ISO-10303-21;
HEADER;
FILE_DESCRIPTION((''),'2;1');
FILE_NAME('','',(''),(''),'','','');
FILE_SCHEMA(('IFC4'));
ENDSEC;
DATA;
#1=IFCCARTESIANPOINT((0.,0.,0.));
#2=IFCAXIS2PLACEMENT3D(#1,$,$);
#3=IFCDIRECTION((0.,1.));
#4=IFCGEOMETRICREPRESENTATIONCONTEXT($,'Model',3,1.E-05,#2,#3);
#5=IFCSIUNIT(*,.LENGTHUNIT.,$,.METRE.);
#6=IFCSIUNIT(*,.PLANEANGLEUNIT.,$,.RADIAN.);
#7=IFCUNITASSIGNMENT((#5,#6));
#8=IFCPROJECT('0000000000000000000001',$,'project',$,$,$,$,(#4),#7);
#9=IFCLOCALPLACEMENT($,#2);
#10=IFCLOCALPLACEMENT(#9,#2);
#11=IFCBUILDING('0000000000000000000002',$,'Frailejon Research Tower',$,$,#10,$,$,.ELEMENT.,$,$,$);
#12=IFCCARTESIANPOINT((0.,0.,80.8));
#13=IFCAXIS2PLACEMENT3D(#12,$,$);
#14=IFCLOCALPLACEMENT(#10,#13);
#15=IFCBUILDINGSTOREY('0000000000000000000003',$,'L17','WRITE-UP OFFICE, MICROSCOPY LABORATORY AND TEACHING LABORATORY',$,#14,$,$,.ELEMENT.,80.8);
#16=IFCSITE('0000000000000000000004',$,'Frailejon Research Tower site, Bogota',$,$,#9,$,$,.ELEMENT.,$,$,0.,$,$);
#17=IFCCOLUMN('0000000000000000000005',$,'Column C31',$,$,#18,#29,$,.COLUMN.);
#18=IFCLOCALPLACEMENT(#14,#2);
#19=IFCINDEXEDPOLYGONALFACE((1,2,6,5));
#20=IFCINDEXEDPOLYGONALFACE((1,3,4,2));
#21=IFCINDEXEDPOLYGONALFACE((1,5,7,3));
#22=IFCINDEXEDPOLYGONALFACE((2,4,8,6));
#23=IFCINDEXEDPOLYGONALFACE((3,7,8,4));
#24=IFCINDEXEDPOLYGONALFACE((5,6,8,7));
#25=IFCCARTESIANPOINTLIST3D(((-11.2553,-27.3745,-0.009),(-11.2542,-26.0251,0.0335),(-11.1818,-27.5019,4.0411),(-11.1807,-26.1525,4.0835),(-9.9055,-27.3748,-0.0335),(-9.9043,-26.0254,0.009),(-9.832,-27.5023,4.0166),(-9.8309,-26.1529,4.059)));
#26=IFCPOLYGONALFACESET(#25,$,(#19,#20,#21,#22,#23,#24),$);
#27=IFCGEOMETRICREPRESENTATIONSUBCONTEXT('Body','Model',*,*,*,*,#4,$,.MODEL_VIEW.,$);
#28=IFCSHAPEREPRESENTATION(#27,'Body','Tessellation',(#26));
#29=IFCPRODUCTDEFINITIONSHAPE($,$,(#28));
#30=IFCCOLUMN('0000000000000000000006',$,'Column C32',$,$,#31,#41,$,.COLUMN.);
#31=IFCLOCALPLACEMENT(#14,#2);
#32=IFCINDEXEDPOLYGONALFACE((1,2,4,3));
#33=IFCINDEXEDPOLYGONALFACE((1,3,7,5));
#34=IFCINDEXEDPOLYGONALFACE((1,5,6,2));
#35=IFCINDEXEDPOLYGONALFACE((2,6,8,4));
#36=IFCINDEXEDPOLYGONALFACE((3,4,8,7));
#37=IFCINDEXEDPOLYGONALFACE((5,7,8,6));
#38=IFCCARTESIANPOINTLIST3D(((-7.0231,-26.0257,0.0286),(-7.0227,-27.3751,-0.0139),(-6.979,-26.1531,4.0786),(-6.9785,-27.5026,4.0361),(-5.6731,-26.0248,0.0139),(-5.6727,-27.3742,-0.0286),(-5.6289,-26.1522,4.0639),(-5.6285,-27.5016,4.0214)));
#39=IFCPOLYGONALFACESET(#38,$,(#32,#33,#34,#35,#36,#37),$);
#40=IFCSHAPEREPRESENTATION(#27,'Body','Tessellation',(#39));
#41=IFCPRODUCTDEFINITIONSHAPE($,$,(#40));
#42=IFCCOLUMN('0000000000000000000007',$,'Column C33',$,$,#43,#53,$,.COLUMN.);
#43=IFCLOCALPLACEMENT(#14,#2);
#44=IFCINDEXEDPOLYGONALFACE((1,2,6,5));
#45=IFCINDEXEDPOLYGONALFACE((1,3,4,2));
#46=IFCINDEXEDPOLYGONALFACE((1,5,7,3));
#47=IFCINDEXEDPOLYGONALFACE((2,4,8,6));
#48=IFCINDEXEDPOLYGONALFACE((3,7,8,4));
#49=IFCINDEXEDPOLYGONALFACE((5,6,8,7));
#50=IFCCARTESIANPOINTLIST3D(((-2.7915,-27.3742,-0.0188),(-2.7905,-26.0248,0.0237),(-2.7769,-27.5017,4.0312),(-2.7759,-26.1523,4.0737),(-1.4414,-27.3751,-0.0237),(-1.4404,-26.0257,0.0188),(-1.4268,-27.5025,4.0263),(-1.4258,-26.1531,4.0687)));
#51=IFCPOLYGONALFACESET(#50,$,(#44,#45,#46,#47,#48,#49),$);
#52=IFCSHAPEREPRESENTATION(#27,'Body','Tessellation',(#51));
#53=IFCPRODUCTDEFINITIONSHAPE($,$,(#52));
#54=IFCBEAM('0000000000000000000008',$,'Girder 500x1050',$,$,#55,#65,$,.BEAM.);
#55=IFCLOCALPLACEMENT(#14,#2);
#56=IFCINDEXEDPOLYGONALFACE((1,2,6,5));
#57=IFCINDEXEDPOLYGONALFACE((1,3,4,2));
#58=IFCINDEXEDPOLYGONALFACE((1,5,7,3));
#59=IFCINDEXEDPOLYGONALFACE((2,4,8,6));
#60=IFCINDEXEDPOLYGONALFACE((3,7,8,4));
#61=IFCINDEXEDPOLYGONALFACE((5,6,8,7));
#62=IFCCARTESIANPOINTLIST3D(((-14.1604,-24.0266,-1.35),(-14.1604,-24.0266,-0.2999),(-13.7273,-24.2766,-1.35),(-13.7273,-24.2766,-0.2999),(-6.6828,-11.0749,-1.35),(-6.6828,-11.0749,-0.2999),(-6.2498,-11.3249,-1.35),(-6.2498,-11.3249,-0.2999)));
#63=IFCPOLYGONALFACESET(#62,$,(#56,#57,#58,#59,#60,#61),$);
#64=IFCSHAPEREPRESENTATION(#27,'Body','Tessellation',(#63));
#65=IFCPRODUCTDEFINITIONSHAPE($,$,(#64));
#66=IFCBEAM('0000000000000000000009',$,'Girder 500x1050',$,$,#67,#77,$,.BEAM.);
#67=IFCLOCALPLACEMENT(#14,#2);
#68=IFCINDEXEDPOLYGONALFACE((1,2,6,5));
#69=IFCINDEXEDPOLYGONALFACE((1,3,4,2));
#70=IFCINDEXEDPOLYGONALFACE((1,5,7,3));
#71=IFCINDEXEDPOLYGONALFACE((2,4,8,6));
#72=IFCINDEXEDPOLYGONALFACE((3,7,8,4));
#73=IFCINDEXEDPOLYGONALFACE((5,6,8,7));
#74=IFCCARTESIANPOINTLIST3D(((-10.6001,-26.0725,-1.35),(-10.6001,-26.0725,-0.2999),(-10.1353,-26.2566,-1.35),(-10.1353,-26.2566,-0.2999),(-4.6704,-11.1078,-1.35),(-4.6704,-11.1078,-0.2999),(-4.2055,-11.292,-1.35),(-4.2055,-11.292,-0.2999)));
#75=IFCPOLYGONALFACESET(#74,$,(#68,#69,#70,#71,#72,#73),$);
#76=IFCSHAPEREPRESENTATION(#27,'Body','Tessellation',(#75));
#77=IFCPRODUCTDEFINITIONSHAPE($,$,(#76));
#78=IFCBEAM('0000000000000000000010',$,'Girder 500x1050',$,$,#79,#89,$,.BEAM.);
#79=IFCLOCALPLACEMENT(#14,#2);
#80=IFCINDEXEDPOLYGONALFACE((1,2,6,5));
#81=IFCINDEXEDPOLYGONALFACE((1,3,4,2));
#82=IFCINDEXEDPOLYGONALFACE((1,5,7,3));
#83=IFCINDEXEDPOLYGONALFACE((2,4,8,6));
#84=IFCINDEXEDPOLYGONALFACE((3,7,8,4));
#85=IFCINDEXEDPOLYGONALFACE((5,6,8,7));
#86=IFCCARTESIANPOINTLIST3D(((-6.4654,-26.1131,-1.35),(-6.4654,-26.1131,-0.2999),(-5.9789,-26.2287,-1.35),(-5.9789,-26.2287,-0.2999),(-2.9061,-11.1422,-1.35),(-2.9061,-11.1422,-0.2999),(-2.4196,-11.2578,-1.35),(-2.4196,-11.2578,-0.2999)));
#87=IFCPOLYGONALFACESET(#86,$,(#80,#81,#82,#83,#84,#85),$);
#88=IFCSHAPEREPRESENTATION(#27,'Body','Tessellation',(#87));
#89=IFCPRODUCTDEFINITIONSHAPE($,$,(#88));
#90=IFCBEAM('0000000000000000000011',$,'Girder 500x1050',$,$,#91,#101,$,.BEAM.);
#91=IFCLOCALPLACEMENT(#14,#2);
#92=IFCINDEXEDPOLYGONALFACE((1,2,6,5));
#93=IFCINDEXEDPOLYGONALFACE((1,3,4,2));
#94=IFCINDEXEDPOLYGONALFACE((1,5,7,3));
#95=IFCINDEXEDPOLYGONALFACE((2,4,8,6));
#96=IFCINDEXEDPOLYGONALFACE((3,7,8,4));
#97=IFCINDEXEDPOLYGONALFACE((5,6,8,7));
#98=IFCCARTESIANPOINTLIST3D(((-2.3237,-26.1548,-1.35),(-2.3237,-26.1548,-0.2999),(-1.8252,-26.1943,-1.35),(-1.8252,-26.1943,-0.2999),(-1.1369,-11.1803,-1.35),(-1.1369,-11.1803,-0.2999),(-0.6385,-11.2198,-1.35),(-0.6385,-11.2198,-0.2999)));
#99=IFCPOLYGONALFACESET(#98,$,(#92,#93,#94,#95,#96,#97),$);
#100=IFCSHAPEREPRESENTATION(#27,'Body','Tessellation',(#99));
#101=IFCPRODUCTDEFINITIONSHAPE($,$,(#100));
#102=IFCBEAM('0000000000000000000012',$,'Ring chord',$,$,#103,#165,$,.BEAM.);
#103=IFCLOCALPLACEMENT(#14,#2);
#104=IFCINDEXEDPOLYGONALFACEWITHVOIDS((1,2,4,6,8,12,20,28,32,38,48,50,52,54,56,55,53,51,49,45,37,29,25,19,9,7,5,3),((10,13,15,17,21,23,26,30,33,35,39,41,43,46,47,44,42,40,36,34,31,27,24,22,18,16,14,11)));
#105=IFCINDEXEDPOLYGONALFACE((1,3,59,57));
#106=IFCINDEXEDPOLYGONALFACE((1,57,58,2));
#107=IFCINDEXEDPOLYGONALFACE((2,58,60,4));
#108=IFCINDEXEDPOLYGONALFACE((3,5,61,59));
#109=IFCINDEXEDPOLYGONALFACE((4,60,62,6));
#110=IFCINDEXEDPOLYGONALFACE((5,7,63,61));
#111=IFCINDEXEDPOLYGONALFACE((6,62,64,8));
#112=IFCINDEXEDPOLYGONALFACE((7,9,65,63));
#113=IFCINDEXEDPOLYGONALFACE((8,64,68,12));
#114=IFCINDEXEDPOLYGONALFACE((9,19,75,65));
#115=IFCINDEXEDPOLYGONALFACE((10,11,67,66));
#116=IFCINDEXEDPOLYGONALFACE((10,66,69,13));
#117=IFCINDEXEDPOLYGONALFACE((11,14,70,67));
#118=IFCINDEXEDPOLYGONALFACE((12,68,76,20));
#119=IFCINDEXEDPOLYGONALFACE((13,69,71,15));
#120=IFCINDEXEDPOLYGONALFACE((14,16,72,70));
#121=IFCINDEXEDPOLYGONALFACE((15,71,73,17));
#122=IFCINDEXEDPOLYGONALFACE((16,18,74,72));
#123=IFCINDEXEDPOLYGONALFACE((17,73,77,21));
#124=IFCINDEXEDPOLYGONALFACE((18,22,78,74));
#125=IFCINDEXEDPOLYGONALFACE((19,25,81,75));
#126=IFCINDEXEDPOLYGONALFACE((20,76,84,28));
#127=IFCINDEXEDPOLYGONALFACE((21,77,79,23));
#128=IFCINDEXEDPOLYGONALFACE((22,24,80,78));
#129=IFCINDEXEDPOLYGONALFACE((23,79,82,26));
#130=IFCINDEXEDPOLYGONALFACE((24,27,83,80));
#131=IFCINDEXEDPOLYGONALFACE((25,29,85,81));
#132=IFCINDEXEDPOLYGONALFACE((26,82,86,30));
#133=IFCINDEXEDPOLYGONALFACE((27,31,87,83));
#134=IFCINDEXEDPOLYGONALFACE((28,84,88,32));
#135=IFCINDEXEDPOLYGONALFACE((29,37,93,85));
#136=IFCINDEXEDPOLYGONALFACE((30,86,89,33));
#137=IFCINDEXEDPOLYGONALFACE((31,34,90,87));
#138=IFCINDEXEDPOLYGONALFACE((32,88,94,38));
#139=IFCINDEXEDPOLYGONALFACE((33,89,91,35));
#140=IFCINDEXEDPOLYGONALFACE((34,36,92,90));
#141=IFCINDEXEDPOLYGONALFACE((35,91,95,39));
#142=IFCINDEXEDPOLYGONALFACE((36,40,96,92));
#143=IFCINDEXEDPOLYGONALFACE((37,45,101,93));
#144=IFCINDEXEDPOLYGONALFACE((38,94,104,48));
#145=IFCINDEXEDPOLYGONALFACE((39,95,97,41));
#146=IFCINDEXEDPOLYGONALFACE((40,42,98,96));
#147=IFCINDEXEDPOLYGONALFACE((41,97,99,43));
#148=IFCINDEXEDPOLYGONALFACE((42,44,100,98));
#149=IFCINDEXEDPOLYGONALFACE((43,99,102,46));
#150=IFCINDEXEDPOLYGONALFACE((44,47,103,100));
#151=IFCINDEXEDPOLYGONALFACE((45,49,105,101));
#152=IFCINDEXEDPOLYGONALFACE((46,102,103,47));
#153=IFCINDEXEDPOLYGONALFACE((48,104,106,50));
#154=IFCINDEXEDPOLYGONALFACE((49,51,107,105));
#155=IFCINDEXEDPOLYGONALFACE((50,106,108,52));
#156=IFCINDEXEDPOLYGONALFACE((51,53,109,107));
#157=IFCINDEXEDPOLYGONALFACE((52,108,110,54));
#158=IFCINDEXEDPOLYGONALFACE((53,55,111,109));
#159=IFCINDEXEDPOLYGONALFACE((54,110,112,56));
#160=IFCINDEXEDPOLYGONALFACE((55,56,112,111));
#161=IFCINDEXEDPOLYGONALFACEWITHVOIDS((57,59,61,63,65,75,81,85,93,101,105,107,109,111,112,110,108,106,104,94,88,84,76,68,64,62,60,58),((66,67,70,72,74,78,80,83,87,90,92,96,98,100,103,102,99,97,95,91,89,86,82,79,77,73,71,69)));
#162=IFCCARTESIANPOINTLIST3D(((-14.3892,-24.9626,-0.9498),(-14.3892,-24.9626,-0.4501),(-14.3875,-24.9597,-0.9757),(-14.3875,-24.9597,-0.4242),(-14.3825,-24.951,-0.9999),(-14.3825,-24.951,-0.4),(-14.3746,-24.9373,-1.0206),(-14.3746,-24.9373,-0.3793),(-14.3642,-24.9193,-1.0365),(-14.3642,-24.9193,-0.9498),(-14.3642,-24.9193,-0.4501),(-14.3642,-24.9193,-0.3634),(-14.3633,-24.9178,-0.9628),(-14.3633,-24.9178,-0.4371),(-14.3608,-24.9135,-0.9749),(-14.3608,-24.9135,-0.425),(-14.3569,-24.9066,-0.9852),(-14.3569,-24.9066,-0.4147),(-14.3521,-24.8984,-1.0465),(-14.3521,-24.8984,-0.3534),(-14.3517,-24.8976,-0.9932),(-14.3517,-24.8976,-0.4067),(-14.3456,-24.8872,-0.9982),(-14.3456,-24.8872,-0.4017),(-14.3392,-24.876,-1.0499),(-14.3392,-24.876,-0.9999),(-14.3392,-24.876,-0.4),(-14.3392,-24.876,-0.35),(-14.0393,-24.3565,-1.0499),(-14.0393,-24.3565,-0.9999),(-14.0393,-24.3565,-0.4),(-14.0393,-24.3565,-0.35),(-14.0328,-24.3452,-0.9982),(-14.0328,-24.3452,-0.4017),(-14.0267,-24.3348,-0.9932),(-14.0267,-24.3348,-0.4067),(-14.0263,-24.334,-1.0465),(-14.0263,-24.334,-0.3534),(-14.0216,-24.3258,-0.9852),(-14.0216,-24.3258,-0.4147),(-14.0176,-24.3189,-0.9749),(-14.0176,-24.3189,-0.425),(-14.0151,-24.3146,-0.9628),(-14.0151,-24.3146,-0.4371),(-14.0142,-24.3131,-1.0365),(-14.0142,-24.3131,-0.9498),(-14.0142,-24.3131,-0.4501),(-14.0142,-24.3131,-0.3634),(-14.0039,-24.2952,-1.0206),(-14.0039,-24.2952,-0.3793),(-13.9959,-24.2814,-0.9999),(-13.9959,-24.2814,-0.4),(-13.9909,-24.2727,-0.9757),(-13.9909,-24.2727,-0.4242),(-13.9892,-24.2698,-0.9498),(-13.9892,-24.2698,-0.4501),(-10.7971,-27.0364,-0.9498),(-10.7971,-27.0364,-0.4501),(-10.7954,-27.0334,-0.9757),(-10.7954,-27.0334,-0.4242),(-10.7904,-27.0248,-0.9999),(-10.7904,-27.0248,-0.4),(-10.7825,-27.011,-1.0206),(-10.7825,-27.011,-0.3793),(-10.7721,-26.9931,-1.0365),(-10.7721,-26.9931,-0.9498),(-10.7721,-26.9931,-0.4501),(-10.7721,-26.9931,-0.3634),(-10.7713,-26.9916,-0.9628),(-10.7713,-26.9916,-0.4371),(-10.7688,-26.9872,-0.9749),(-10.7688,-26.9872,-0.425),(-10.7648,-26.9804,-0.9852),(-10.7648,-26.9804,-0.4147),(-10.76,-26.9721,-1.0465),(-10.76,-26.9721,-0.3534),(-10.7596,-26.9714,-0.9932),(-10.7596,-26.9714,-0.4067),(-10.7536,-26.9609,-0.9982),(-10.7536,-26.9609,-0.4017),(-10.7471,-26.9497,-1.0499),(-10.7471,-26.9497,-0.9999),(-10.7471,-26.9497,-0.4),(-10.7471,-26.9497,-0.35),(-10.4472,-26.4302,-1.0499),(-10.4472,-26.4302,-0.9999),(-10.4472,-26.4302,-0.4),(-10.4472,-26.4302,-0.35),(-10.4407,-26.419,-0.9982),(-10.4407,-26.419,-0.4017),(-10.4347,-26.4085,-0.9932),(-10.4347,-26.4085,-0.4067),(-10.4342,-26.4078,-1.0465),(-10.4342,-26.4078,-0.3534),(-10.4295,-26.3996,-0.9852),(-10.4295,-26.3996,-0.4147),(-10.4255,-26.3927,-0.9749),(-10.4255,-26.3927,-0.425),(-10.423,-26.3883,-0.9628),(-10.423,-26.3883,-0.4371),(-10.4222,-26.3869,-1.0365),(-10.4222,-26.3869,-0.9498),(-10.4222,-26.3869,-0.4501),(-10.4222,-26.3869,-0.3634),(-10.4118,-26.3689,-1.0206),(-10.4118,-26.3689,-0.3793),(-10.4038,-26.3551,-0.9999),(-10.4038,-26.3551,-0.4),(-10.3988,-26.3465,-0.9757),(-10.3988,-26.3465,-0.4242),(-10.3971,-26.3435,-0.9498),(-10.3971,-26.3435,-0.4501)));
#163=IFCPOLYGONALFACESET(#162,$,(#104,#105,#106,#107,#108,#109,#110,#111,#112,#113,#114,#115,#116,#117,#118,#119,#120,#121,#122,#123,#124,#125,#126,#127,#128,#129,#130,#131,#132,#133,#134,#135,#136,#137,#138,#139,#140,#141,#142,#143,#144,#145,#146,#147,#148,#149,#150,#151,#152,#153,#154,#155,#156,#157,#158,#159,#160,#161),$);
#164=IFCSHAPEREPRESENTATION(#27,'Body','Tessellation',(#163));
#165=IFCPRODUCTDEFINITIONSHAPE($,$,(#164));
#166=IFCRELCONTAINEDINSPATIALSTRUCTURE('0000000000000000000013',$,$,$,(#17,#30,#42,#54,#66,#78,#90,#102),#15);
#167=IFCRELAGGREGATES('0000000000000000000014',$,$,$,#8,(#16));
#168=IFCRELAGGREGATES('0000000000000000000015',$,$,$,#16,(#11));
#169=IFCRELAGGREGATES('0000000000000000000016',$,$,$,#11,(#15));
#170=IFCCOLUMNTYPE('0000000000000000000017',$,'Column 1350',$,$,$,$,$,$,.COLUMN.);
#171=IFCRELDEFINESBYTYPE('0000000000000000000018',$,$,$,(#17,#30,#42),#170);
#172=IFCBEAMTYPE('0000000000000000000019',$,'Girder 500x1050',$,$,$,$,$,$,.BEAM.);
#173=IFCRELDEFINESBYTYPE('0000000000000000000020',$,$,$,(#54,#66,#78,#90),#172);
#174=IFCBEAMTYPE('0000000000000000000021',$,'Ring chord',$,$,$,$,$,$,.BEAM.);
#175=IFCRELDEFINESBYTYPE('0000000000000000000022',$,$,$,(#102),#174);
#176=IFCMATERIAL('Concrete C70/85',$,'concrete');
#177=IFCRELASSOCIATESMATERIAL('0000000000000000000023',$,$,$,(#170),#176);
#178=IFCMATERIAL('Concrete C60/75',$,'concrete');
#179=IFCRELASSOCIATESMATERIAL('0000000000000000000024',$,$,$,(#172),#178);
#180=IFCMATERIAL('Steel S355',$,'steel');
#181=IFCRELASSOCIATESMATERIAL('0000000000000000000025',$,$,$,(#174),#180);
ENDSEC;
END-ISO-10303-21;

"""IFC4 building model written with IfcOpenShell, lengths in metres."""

from ifc_helpers import new_model, si_unit, direction, frame, origin, origin_2d, place, context, subcontext, project, spatial, rectangle, hollow_rectangle, extrude, material, material_profile, profile_set, type_object, element, save


model = new_model("IFC4")

# Units and contexts
model_context = context("Model", 3, precision=1e-05, world=origin(), true_north=direction((0.0, 1.0)))
body_context = subcontext(model_context, "Body", "Model", "MODEL_VIEW")
ifc_project = project(units=[si_unit("LENGTHUNIT", "METRE"), si_unit("PLANEANGLEUNIT", "RADIAN")], contexts=[model_context])

# Site, building, storey
site_placement = place(None, origin())
site = spatial("IfcSite", under=ifc_project, at=site_placement, Name="Frailejon Research Tower site, Bogota", CompositionType="ELEMENT", RefElevation=0.0)
building_placement = place(site_placement, origin())
building = spatial("IfcBuilding", under=site, at=building_placement, Name="Frailejon Research Tower", CompositionType="ELEMENT")
storey_placement = place(building_placement, frame((0.0, 0.0, 80.8)))
storey = spatial("IfcBuildingStorey", under=building, at=storey_placement, Name="L17", Description="WRITE-UP OFFICE, MICROSCOPY LABORATORY AND TEACHING LABORATORY", CompositionType="ELEMENT", Elevation=80.8)

# Columns
ifc_material_1 = material(Name="Concrete C70/85", Category="concrete")
ifc_material_profile_1 = material_profile(ifc_material_1, rectangle(XDim=1.3501, YDim=1.3501, at=origin_2d()), Name="Column 1350")
ifc_profile_set_1 = profile_set([ifc_material_profile_1], Name="Concrete C70/85")
column_type = type_object("IfcColumnType", Name="Column 1350", PredefinedType="COLUMN", material=ifc_profile_set_1)
column_1_placement = place(storey_placement, frame((-10.5798, -26.7, 0.0), z_axis=(0.018133, -0.031446, 0.999341), x_axis=(0.999835, -0.000256, -0.01815)))
element("IfcColumn", 1, at=column_1_placement, inside=storey, type_object=column_type, Name="Column C31", PredefinedType="COLUMN", context=body_context, shape_type="SweptSolid", body=[
    extrude(rectangle(XDim=1.3501, YDim=1.3501, at=origin_2d()), origin(), (0.0, 0.0, 1.0), 4.0527),
])
column_2_placement = place(storey_placement, frame((-6.3479, -26.7, 0.0), z_axis=(0.010905, -0.031449, 0.999446), x_axis=(0.99994, 0.000694, -0.010888)))
element("IfcColumn", 2, at=column_2_placement, inside=storey, type_object=column_type, Name="Column C32", PredefinedType="COLUMN", context=body_context, shape_type="SweptSolid", body=[
    extrude(rectangle(XDim=1.3501, YDim=1.3501, at=origin_2d()), origin(), (0.0, 0.0, 1.0), 4.0522),
])
column_3_placement = place(storey_placement, frame((-2.116, -26.7, 0.0), z_axis=(0.003615, -0.031451, 0.999499), x_axis=(0.999993, -0.000624, -0.003636)))
element("IfcColumn", 3, at=column_3_placement, inside=storey, type_object=column_type, Name="Column C33", PredefinedType="COLUMN", context=body_context, shape_type="SweptSolid", body=[
    extrude(rectangle(XDim=1.3501, YDim=1.3501, at=origin_2d()), origin(), (0.0, 0.0, 1.0), 4.052),
])

# Beams
ifc_material_2 = material(Name="Concrete C60/75", Category="concrete")
ifc_material_profile_2 = material_profile(ifc_material_2, rectangle(XDim=0.5, YDim=1.05, at=origin_2d()), Name="Girder 500x1050")
ifc_profile_set_2 = profile_set([ifc_material_profile_2], Name="Concrete C60/75")
beam_type_1 = type_object("IfcBeamType", Name="Girder 500x1050", PredefinedType="BEAM", material=ifc_profile_set_2)
beam_1_placement = place(storey_placement, frame((-13.9438, -24.1516, -0.825), z_axis=(0.499995, 0.866028, 0.0), x_axis=(-0.866028, 0.499995, 0.0)))
element("IfcBeam", 4, at=beam_1_placement, inside=storey, type_object=beam_type_1, Name="Girder 500x1050", PredefinedType="BEAM", context=body_context, shape_type="SweptSolid", body=[
    extrude(rectangle(XDim=0.5, YDim=1.05, at=origin_2d()), origin(), (0.0, 0.0, 1.0), 14.9553),
])
beam_2_placement = place(storey_placement, frame((-10.3677, -26.1646, -0.825), z_axis=(0.368381, 0.929675, 0.0), x_axis=(-0.929675, 0.368381, 0.0)))
element("IfcBeam", 5, at=beam_2_placement, inside=storey, type_object=beam_type_1, Name="Girder 500x1050", PredefinedType="BEAM", context=body_context, shape_type="SweptSolid", body=[
    extrude(rectangle(XDim=0.5, YDim=1.05, at=origin_2d()), origin(), (0.0, 0.0, 1.0), 16.0967),
])
beam_3_placement = place(storey_placement, frame((-6.2222, -26.1709, -0.825), z_axis=(0.231302, 0.972882, 0.0), x_axis=(-0.972882, 0.231302, 0.0)))
element("IfcBeam", 6, at=beam_3_placement, inside=storey, type_object=beam_type_1, Name="Girder 500x1050", PredefinedType="BEAM", context=body_context, shape_type="SweptSolid", body=[
    extrude(rectangle(XDim=0.5, YDim=1.05, at=origin_2d()), origin(), (0.0, 0.0, 1.0), 15.3882),
])
beam_4_placement = place(storey_placement, frame((-2.0745, -26.1746, -0.825), z_axis=(0.079004, 0.996874, 0.0), x_axis=(-0.996874, 0.079004, 0.0)))
element("IfcBeam", 7, at=beam_4_placement, inside=storey, type_object=beam_type_1, Name="Girder 500x1050", PredefinedType="BEAM", context=body_context, shape_type="SweptSolid", body=[
    extrude(rectangle(XDim=0.5, YDim=1.05, at=origin_2d()), origin(), (0.0, 0.0, 1.0), 15.0215),
])
ifc_material_3 = material(Name="Steel S355", Category="steel")
ifc_material_profile_3 = material_profile(ifc_material_3, hollow_rectangle(XDim=0.8, YDim=0.7, WallThickness=0.05, InnerFilletRadius=0.05, OuterFilletRadius=0.1001, at=origin_2d()), Name="Ring chord")
ifc_profile_set_3 = profile_set([ifc_material_profile_3], Name="Steel S355")
beam_type_2 = type_object("IfcBeamType", Name="Ring chord", PredefinedType="BEAM", material=ifc_profile_set_3)
beam_5_placement = place(storey_placement, frame((-14.1892, -24.6162, -0.7), z_axis=(0.86604, -0.499976, 0.0), x_axis=(0.499976, 0.86604, 0.0)))
element("IfcBeam", 8, at=beam_5_placement, inside=storey, type_object=beam_type_2, Name="Ring chord", PredefinedType="BEAM", context=body_context, shape_type="SweptSolid", body=[
    extrude(hollow_rectangle(XDim=0.8, YDim=0.7, WallThickness=0.05, InnerFilletRadius=0.05, OuterFilletRadius=0.1001, at=origin_2d()), origin(), (0.0, 0.0, 1.0), 4.1477),
])

save(model, "model.ifc")
